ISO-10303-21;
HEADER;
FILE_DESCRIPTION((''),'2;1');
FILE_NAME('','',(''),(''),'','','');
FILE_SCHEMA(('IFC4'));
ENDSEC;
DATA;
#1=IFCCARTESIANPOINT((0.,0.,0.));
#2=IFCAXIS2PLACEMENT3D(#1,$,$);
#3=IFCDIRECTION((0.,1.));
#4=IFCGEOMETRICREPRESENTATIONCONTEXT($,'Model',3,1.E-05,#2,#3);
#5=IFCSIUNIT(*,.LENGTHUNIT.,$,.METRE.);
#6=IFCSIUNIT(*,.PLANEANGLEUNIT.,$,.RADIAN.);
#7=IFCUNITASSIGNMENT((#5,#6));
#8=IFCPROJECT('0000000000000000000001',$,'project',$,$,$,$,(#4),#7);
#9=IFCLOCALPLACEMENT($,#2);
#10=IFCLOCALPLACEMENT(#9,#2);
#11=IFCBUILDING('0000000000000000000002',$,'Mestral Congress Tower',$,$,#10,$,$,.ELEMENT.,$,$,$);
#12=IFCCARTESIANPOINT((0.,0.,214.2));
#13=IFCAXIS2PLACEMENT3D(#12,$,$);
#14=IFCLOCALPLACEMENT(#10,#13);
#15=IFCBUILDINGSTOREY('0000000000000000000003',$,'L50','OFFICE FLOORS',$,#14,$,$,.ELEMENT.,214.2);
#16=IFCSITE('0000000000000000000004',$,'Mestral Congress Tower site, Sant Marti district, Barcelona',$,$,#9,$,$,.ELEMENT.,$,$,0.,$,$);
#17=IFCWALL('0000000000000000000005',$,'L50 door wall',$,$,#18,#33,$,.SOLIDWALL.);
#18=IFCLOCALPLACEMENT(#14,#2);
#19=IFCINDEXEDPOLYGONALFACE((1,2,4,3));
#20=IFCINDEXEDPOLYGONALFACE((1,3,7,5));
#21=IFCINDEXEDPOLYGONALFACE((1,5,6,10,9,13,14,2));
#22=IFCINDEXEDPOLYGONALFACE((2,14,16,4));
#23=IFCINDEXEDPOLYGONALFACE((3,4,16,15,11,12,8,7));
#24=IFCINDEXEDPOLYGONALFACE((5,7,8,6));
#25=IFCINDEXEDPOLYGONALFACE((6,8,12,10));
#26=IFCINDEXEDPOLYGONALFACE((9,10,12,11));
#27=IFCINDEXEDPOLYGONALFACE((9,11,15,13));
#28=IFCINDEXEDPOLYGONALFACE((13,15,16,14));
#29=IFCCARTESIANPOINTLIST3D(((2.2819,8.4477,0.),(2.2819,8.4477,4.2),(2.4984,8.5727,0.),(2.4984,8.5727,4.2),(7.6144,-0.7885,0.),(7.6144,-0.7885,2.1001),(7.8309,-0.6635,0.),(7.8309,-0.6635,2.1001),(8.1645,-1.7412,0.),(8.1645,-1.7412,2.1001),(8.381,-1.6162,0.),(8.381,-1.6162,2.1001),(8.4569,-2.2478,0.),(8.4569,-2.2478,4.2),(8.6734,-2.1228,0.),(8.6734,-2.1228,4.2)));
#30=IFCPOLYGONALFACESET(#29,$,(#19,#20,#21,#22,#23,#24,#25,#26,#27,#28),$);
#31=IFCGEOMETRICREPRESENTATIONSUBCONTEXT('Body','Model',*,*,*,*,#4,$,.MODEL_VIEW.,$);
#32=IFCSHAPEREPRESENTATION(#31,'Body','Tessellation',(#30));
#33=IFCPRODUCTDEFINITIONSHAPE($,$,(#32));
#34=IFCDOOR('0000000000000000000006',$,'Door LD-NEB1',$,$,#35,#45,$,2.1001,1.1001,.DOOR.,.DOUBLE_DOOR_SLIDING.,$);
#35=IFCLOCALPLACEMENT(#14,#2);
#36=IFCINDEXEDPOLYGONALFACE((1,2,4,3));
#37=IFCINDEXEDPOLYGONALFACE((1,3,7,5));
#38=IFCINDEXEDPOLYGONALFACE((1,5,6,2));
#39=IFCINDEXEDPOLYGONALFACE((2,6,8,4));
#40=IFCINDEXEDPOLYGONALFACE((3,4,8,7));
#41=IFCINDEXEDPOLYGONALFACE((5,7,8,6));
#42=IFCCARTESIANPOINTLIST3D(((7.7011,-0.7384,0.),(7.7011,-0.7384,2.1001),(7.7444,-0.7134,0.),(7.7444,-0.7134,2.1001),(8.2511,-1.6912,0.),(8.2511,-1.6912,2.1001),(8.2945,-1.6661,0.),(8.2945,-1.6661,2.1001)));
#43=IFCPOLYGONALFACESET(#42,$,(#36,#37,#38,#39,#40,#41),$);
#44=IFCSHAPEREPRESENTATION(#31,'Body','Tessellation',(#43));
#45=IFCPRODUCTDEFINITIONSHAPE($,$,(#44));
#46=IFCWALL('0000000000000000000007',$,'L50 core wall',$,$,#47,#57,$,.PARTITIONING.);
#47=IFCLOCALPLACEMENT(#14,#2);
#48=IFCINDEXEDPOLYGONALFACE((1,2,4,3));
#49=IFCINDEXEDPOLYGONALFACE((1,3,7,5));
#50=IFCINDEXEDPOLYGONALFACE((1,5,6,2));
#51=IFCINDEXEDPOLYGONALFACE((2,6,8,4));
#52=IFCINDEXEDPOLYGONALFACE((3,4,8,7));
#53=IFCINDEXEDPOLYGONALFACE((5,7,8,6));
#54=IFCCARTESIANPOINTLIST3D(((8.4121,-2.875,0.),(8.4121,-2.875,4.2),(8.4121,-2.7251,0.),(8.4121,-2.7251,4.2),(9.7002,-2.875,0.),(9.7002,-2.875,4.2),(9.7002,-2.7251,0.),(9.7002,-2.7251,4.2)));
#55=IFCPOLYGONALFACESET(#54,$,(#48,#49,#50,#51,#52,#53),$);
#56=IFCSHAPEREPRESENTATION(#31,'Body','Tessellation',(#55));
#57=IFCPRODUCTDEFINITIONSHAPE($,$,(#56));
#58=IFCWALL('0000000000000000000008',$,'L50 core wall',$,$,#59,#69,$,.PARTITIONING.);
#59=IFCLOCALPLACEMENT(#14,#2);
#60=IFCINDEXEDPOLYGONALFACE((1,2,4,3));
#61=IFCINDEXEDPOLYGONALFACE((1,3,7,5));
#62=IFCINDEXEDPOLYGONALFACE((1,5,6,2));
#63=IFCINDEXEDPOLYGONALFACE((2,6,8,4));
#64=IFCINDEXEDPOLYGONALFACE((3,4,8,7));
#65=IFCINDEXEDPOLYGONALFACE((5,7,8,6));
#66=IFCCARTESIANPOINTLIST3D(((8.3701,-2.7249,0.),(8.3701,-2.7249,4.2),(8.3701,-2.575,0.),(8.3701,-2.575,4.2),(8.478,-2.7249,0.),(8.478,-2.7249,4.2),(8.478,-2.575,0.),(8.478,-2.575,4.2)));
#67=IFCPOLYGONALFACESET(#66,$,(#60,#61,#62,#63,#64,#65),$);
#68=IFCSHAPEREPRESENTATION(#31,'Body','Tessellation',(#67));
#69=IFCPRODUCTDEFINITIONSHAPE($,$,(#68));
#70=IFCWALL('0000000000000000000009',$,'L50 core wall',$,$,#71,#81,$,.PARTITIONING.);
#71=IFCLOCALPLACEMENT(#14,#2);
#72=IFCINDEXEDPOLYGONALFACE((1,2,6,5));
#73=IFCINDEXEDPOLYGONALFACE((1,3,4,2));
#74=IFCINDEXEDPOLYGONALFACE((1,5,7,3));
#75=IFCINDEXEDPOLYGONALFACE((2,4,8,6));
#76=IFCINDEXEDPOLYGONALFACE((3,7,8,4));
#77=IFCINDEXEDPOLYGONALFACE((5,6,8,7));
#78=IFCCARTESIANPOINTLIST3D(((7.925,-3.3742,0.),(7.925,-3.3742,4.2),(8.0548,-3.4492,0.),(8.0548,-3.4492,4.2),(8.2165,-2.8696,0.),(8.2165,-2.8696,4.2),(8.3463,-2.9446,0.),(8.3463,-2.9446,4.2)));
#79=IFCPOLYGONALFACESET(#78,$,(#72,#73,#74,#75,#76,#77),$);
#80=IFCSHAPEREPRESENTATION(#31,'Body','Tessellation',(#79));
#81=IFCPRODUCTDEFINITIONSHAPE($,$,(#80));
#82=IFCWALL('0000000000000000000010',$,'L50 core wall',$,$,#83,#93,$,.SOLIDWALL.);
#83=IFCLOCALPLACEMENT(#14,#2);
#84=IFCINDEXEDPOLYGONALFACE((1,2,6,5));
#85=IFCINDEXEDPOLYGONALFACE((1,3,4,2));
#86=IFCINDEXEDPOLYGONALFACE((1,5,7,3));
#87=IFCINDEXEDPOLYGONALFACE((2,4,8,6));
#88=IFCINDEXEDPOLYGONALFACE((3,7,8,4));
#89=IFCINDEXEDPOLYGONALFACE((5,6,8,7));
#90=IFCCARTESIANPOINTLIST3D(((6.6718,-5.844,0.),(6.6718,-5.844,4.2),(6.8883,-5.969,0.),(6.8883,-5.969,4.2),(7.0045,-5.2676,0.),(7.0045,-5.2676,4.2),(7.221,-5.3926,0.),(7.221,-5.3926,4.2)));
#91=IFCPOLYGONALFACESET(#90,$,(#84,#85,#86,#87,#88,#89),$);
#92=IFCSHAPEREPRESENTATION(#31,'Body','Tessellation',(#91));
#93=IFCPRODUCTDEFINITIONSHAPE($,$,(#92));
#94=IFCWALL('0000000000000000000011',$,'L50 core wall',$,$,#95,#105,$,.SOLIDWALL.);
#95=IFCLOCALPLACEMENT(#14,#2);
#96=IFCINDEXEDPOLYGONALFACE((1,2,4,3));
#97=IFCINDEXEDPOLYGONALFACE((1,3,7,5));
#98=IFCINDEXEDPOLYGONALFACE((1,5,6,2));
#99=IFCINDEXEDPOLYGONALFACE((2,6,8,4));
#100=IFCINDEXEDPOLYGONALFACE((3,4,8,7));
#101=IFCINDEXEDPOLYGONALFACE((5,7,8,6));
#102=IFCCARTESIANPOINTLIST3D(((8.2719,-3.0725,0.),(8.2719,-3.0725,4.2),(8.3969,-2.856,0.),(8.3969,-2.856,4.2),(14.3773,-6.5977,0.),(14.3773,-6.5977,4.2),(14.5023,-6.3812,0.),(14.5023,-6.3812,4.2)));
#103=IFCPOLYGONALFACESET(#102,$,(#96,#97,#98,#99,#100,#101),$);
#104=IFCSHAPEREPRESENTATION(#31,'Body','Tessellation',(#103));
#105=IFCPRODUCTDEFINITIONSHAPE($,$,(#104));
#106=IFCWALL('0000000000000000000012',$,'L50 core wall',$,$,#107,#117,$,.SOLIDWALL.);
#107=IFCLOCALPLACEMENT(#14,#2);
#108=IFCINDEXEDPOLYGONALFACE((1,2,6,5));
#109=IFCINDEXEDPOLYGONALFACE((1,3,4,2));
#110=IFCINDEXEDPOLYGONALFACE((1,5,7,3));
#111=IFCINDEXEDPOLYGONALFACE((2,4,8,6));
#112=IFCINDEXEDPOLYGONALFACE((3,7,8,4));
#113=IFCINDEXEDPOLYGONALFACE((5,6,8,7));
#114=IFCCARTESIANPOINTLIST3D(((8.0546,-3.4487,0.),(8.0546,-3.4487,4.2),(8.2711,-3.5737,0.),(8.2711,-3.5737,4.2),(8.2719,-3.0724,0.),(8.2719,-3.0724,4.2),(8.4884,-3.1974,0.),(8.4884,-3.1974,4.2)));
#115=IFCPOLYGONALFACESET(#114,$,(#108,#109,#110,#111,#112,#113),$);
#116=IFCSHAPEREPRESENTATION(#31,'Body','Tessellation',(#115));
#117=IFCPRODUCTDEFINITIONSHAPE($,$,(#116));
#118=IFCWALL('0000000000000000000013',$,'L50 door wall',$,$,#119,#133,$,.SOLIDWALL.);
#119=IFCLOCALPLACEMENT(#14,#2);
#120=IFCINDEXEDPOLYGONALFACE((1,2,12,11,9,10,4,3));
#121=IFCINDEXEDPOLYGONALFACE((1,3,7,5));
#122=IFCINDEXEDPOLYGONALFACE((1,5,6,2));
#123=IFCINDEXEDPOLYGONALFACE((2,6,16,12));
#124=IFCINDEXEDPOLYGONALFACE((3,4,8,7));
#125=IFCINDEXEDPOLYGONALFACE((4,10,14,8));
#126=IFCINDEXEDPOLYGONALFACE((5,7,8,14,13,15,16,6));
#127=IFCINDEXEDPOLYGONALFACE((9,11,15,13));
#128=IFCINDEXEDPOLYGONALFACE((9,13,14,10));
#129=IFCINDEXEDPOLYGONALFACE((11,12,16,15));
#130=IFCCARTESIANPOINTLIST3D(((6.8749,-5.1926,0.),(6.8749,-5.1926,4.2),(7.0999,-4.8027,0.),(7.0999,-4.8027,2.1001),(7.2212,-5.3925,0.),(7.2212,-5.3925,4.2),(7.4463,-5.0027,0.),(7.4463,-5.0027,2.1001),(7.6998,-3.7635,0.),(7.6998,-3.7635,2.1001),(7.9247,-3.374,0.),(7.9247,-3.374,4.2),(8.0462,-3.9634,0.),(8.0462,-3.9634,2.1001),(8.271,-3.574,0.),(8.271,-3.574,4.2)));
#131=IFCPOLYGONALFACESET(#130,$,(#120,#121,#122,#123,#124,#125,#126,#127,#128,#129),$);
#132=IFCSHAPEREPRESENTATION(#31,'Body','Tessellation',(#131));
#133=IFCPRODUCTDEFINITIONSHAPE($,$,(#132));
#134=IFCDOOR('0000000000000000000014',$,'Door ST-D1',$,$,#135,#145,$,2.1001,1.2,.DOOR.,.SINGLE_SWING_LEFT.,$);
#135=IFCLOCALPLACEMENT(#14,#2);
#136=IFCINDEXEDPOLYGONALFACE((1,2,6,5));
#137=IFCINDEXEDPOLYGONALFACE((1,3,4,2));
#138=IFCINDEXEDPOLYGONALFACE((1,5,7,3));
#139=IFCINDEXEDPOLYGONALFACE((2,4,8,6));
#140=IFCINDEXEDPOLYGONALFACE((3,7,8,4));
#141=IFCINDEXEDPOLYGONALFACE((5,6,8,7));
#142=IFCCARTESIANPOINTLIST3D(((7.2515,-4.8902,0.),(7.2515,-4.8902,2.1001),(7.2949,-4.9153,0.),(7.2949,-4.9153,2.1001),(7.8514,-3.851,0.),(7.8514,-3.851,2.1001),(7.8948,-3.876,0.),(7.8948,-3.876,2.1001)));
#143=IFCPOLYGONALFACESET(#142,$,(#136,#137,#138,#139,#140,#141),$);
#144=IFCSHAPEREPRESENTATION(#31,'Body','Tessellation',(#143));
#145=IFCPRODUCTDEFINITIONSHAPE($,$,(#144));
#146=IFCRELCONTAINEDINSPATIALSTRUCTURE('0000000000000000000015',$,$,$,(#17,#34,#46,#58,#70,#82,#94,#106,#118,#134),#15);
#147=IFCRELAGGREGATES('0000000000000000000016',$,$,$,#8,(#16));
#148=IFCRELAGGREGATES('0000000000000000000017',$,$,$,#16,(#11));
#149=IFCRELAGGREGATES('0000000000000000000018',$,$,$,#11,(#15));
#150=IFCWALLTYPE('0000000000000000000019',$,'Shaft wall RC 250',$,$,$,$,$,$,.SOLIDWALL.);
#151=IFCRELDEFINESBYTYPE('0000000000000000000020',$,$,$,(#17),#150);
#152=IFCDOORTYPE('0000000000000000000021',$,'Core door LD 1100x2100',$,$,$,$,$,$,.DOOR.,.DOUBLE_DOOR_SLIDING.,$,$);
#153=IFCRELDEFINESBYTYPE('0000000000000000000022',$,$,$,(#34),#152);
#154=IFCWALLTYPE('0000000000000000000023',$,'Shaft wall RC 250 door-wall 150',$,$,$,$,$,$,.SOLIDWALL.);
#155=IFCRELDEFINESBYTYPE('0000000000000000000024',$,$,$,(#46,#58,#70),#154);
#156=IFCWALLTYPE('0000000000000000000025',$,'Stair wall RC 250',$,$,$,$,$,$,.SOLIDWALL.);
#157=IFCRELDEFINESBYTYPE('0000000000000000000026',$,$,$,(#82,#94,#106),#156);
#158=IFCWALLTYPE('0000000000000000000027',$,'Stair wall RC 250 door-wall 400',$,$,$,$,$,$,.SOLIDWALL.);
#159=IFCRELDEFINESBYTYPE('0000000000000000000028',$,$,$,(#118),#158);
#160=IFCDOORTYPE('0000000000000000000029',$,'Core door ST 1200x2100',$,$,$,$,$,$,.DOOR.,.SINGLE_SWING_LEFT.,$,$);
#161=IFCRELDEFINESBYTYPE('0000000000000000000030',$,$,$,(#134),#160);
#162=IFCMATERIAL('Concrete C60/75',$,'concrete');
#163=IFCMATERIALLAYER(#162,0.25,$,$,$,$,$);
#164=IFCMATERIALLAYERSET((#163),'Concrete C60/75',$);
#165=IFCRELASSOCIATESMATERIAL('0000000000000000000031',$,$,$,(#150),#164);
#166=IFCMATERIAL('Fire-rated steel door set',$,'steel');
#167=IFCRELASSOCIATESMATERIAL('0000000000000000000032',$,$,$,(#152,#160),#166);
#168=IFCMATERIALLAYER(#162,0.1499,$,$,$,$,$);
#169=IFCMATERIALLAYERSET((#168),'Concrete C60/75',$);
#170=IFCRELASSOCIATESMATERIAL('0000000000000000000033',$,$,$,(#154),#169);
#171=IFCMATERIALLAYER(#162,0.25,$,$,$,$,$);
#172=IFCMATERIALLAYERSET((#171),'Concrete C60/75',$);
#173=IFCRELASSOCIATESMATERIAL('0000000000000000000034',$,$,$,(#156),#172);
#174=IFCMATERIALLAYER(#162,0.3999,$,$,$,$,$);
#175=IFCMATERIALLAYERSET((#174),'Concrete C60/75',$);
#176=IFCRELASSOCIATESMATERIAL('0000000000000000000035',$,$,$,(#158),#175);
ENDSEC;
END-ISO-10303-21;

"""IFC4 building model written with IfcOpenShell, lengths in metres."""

from ifc_helpers import new_model, si_unit, direction, frame, frame_2d, origin, place, context, subcontext, project, spatial, rectangle, extrude, material, layer, layer_set, type_object, element, fill, save


model = new_model("IFC4")

# Units and contexts
model_context = context("Model", 3, precision=1e-05, world=origin(), true_north=direction((0.0, 1.0)))
body_context = subcontext(model_context, "Body", "Model", "MODEL_VIEW")
ifc_project = project(units=[si_unit("LENGTHUNIT", "METRE"), si_unit("PLANEANGLEUNIT", "RADIAN")], contexts=[model_context])

# Site, building, storey
site_placement = place(None, origin())
site = spatial("IfcSite", under=ifc_project, at=site_placement, Name="Mestral Congress Tower site, Sant Marti district, Barcelona", CompositionType="ELEMENT", RefElevation=0.0)
building_placement = place(site_placement, origin())
building = spatial("IfcBuilding", under=site, at=building_placement, Name="Mestral Congress Tower", CompositionType="ELEMENT")
storey_placement = place(building_placement, frame((0.0, 0.0, 214.2)))
storey = spatial("IfcBuildingStorey", under=building, at=storey_placement, Name="L50", Description="OFFICE FLOORS", CompositionType="ELEMENT", Elevation=214.2)

# Shared definitions
ifc_material_1 = material(Name="Fire-rated steel door set", Category="steel")

# Shared definitions
ifc_material_2 = material(Name="Concrete C60/75", Category="concrete")
ifc_layer_1 = layer(ifc_material_2, 0.25)
ifc_layer_set_1 = layer_set([ifc_layer_1], Name="Concrete C60/75")
wall_type_1 = type_object("IfcWallType", Name="Shaft wall RC 250", PredefinedType="SOLIDWALL", material=ifc_layer_set_1)

# Wall, opening, door
wall_1_placement = place(storey_placement, frame((8.5652, -2.1853, 0.0), z_axis=(0.0, 0.0, 1.0), x_axis=(-0.499998, 0.866027, 0.0)))
wall_1 = element("IfcWall", 1, at=wall_1_placement, inside=storey, type_object=wall_type_1, Name="L50 door wall", PredefinedType="SOLIDWALL", context=body_context, shape_type="SweptSolid", body=[
    extrude(rectangle(XDim=12.3501, YDim=0.25, at=frame_2d((6.175, 0.0))), origin(), (0.0, 0.0, 1.0), 4.2),
])
opening_1_placement = place(wall_1_placement, frame((0.585, 0.0, 0.0)))
opening_1 = element("IfcOpeningElement", 2, at=opening_1_placement, cuts=wall_1, PredefinedType="OPENING", context=body_context, shape_type="SweptSolid", body=[
    extrude(rectangle(XDim=1.1001, YDim=2.1001, at=frame_2d((0.55, 1.05))), frame((0.0, 0.135, 0.0), z_axis=(0.0, -1.0, 0.0), x_axis=(1.0, 0.0, 0.0)), (0.0, 0.0, 1.0), 0.27),
])
door_type_1 = type_object("IfcDoorType", Name="Core door LD 1100x2100", OperationType="DOUBLE_DOOR_SLIDING", PredefinedType="DOOR", material=ifc_material_1)
door_1_placement = place(opening_1_placement, origin())
door_1 = element("IfcDoor", 3, at=door_1_placement, inside=storey, type_object=door_type_1, Name="Door LD-NEB1", OperationType="DOUBLE_DOOR_SLIDING", OverallHeight=2.1001, OverallWidth=1.1001, PredefinedType="DOOR", context=body_context, shape_type="SweptSolid", body=[
    extrude(rectangle(XDim=1.1001, YDim=2.1001, at=frame_2d((0.55, 1.05))), frame((0.0, 0.0249, 0.0), z_axis=(0.0, -1.0, 0.0), x_axis=(1.0, 0.0, 0.0)), (0.0, 0.0, 1.0), 0.05),
])
fill(opening_1, door_1)

# Walls
ifc_layer_2 = layer(ifc_material_2, 0.1499)
ifc_layer_set_2 = layer_set([ifc_layer_2], Name="Concrete C60/75")
wall_type_2 = type_object("IfcWallType", Name="Shaft wall RC 250 door-wall 150", PredefinedType="SOLIDWALL", material=ifc_layer_set_2)
wall_2_placement = place(storey_placement, frame((8.4121, -2.8, 0.0), z_axis=(0.0, 0.0, 1.0), x_axis=(1.0, 0.0, 0.0)))
element("IfcWall", 4, at=wall_2_placement, inside=storey, type_object=wall_type_2, Name="L50 core wall", PredefinedType="PARTITIONING", context=body_context, shape_type="SweptSolid", body=[
    extrude(rectangle(XDim=1.2881, YDim=0.1499, at=frame_2d((0.644, 0.0))), origin(), (0.0, 0.0, 1.0), 4.2),
])
wall_3_placement = place(storey_placement, frame((8.3701, -2.6499, 0.0), z_axis=(0.0, 0.0, 1.0), x_axis=(1.0, 0.0, 0.0)))
element("IfcWall", 5, at=wall_3_placement, inside=storey, type_object=wall_type_2, Name="L50 core wall", PredefinedType="PARTITIONING", context=body_context, shape_type="SweptSolid", body=[
    extrude(rectangle(XDim=0.1079, YDim=0.1499, at=frame_2d((0.054, 0.0))), origin(), (0.0, 0.0, 1.0), 4.2),
])
wall_4_placement = place(storey_placement, frame((8.2815, -2.907, 0.0), z_axis=(0.0, 0.0, 1.0), x_axis=(-0.500194, -0.865913, 0.0)))
element("IfcWall", 6, at=wall_4_placement, inside=storey, type_object=wall_type_2, Name="L50 core wall", PredefinedType="PARTITIONING", context=body_context, shape_type="SweptSolid", body=[
    extrude(rectangle(XDim=0.5828, YDim=0.1499, at=frame_2d((0.2915, 0.0))), origin(), (0.0, 0.0, 1.0), 4.2),
])
ifc_layer_3 = layer(ifc_material_2, 0.25)
ifc_layer_set_3 = layer_set([ifc_layer_3], Name="Concrete C60/75")
wall_type_3 = type_object("IfcWallType", Name="Stair wall RC 250", PredefinedType="SOLIDWALL", material=ifc_layer_set_3)
wall_5_placement = place(storey_placement, frame((7.1128, -5.3301, 0.0), z_axis=(0.0, 0.0, 1.0), x_axis=(-0.499966, -0.866045, 0.0)))
element("IfcWall", 7, at=wall_5_placement, inside=storey, type_object=wall_type_3, Name="L50 core wall", PredefinedType="SOLIDWALL", context=body_context, shape_type="SweptSolid", body=[
    extrude(rectangle(XDim=0.6655, YDim=0.25, at=frame_2d((0.3328, 0.0))), origin(), (0.0, 0.0, 1.0), 4.2),
])
wall_6_placement = place(storey_placement, frame((8.3345, -2.9644, 0.0), z_axis=(0.0, 0.0, 1.0), x_axis=(0.866016, -0.500016, 0.0)))
element("IfcWall", 8, at=wall_6_placement, inside=storey, type_object=wall_type_3, Name="L50 core wall", PredefinedType="SOLIDWALL", context=body_context, shape_type="SweptSolid", body=[
    extrude(rectangle(XDim=7.05, YDim=0.25, at=frame_2d((3.5249, 0.0))), origin(), (0.0, 0.0, 1.0), 4.2),
])
wall_7_placement = place(storey_placement, frame((8.1628, -3.5112, 0.0), z_axis=(0.0, 0.0, 1.0), x_axis=(0.500128, 0.865952, 0.0)))
element("IfcWall", 9, at=wall_7_placement, inside=storey, type_object=wall_type_3, Name="L50 core wall", PredefinedType="SOLIDWALL", context=body_context, shape_type="SweptSolid", body=[
    extrude(rectangle(XDim=0.4346, YDim=0.25, at=frame_2d((0.2173, 0.0))), origin(), (0.0, 0.0, 1.0), 4.2),
])

# Wall, opening, door
ifc_layer_4 = layer(ifc_material_2, 0.3999)
ifc_layer_set_4 = layer_set([ifc_layer_4], Name="Concrete C60/75")
wall_type_4 = type_object("IfcWallType", Name="Stair wall RC 250 door-wall 400", PredefinedType="SOLIDWALL", material=ifc_layer_set_4)
wall_8_placement = place(storey_placement, frame((7.0481, -5.2925, 0.0), z_axis=(0.0, 0.0, 1.0), x_axis=(0.499941, 0.86606, 0.0)))
wall_8 = element("IfcWall", 10, at=wall_8_placement, inside=storey, type_object=wall_type_4, Name="L50 door wall", PredefinedType="SOLIDWALL", context=body_context, shape_type="SweptSolid", body=[
    extrude(rectangle(XDim=2.0999, YDim=0.3999, at=frame_2d((1.0498, 0.0))), origin(), (0.0, 0.0, 1.0), 4.2),
])
opening_2_placement = place(wall_8_placement, frame((0.45, 0.0, 0.0)))
opening_2 = element("IfcOpeningElement", 11, at=opening_2_placement, cuts=wall_8, PredefinedType="OPENING", context=body_context, shape_type="SweptSolid", body=[
    extrude(rectangle(XDim=1.2, YDim=2.1001, at=frame_2d((0.6001, 1.05))), frame((0.0, 0.21, 0.0), z_axis=(0.0, -1.0, 0.0), x_axis=(1.0, 0.0, 0.0)), (0.0, 0.0, 1.0), 0.4199),
])
door_type_2 = type_object("IfcDoorType", Name="Core door ST 1200x2100", OperationType="SINGLE_SWING_LEFT", PredefinedType="DOOR", material=ifc_material_1)
door_2_placement = place(opening_2_placement, origin())
door_2 = element("IfcDoor", 12, at=door_2_placement, inside=storey, type_object=door_type_2, Name="Door ST-D1", OperationType="SINGLE_SWING_LEFT", OverallHeight=2.1001, OverallWidth=1.2, PredefinedType="DOOR", context=body_context, shape_type="SweptSolid", body=[
    extrude(rectangle(XDim=1.2, YDim=2.1001, at=frame_2d((0.6001, 1.05))), frame((0.0, 0.0249, 0.0), z_axis=(0.0, -1.0, 0.0), x_axis=(1.0, 0.0, 0.0)), (0.0, 0.0, 1.0), 0.05),
])
fill(opening_2, door_2)

save(model, "model.ifc")
